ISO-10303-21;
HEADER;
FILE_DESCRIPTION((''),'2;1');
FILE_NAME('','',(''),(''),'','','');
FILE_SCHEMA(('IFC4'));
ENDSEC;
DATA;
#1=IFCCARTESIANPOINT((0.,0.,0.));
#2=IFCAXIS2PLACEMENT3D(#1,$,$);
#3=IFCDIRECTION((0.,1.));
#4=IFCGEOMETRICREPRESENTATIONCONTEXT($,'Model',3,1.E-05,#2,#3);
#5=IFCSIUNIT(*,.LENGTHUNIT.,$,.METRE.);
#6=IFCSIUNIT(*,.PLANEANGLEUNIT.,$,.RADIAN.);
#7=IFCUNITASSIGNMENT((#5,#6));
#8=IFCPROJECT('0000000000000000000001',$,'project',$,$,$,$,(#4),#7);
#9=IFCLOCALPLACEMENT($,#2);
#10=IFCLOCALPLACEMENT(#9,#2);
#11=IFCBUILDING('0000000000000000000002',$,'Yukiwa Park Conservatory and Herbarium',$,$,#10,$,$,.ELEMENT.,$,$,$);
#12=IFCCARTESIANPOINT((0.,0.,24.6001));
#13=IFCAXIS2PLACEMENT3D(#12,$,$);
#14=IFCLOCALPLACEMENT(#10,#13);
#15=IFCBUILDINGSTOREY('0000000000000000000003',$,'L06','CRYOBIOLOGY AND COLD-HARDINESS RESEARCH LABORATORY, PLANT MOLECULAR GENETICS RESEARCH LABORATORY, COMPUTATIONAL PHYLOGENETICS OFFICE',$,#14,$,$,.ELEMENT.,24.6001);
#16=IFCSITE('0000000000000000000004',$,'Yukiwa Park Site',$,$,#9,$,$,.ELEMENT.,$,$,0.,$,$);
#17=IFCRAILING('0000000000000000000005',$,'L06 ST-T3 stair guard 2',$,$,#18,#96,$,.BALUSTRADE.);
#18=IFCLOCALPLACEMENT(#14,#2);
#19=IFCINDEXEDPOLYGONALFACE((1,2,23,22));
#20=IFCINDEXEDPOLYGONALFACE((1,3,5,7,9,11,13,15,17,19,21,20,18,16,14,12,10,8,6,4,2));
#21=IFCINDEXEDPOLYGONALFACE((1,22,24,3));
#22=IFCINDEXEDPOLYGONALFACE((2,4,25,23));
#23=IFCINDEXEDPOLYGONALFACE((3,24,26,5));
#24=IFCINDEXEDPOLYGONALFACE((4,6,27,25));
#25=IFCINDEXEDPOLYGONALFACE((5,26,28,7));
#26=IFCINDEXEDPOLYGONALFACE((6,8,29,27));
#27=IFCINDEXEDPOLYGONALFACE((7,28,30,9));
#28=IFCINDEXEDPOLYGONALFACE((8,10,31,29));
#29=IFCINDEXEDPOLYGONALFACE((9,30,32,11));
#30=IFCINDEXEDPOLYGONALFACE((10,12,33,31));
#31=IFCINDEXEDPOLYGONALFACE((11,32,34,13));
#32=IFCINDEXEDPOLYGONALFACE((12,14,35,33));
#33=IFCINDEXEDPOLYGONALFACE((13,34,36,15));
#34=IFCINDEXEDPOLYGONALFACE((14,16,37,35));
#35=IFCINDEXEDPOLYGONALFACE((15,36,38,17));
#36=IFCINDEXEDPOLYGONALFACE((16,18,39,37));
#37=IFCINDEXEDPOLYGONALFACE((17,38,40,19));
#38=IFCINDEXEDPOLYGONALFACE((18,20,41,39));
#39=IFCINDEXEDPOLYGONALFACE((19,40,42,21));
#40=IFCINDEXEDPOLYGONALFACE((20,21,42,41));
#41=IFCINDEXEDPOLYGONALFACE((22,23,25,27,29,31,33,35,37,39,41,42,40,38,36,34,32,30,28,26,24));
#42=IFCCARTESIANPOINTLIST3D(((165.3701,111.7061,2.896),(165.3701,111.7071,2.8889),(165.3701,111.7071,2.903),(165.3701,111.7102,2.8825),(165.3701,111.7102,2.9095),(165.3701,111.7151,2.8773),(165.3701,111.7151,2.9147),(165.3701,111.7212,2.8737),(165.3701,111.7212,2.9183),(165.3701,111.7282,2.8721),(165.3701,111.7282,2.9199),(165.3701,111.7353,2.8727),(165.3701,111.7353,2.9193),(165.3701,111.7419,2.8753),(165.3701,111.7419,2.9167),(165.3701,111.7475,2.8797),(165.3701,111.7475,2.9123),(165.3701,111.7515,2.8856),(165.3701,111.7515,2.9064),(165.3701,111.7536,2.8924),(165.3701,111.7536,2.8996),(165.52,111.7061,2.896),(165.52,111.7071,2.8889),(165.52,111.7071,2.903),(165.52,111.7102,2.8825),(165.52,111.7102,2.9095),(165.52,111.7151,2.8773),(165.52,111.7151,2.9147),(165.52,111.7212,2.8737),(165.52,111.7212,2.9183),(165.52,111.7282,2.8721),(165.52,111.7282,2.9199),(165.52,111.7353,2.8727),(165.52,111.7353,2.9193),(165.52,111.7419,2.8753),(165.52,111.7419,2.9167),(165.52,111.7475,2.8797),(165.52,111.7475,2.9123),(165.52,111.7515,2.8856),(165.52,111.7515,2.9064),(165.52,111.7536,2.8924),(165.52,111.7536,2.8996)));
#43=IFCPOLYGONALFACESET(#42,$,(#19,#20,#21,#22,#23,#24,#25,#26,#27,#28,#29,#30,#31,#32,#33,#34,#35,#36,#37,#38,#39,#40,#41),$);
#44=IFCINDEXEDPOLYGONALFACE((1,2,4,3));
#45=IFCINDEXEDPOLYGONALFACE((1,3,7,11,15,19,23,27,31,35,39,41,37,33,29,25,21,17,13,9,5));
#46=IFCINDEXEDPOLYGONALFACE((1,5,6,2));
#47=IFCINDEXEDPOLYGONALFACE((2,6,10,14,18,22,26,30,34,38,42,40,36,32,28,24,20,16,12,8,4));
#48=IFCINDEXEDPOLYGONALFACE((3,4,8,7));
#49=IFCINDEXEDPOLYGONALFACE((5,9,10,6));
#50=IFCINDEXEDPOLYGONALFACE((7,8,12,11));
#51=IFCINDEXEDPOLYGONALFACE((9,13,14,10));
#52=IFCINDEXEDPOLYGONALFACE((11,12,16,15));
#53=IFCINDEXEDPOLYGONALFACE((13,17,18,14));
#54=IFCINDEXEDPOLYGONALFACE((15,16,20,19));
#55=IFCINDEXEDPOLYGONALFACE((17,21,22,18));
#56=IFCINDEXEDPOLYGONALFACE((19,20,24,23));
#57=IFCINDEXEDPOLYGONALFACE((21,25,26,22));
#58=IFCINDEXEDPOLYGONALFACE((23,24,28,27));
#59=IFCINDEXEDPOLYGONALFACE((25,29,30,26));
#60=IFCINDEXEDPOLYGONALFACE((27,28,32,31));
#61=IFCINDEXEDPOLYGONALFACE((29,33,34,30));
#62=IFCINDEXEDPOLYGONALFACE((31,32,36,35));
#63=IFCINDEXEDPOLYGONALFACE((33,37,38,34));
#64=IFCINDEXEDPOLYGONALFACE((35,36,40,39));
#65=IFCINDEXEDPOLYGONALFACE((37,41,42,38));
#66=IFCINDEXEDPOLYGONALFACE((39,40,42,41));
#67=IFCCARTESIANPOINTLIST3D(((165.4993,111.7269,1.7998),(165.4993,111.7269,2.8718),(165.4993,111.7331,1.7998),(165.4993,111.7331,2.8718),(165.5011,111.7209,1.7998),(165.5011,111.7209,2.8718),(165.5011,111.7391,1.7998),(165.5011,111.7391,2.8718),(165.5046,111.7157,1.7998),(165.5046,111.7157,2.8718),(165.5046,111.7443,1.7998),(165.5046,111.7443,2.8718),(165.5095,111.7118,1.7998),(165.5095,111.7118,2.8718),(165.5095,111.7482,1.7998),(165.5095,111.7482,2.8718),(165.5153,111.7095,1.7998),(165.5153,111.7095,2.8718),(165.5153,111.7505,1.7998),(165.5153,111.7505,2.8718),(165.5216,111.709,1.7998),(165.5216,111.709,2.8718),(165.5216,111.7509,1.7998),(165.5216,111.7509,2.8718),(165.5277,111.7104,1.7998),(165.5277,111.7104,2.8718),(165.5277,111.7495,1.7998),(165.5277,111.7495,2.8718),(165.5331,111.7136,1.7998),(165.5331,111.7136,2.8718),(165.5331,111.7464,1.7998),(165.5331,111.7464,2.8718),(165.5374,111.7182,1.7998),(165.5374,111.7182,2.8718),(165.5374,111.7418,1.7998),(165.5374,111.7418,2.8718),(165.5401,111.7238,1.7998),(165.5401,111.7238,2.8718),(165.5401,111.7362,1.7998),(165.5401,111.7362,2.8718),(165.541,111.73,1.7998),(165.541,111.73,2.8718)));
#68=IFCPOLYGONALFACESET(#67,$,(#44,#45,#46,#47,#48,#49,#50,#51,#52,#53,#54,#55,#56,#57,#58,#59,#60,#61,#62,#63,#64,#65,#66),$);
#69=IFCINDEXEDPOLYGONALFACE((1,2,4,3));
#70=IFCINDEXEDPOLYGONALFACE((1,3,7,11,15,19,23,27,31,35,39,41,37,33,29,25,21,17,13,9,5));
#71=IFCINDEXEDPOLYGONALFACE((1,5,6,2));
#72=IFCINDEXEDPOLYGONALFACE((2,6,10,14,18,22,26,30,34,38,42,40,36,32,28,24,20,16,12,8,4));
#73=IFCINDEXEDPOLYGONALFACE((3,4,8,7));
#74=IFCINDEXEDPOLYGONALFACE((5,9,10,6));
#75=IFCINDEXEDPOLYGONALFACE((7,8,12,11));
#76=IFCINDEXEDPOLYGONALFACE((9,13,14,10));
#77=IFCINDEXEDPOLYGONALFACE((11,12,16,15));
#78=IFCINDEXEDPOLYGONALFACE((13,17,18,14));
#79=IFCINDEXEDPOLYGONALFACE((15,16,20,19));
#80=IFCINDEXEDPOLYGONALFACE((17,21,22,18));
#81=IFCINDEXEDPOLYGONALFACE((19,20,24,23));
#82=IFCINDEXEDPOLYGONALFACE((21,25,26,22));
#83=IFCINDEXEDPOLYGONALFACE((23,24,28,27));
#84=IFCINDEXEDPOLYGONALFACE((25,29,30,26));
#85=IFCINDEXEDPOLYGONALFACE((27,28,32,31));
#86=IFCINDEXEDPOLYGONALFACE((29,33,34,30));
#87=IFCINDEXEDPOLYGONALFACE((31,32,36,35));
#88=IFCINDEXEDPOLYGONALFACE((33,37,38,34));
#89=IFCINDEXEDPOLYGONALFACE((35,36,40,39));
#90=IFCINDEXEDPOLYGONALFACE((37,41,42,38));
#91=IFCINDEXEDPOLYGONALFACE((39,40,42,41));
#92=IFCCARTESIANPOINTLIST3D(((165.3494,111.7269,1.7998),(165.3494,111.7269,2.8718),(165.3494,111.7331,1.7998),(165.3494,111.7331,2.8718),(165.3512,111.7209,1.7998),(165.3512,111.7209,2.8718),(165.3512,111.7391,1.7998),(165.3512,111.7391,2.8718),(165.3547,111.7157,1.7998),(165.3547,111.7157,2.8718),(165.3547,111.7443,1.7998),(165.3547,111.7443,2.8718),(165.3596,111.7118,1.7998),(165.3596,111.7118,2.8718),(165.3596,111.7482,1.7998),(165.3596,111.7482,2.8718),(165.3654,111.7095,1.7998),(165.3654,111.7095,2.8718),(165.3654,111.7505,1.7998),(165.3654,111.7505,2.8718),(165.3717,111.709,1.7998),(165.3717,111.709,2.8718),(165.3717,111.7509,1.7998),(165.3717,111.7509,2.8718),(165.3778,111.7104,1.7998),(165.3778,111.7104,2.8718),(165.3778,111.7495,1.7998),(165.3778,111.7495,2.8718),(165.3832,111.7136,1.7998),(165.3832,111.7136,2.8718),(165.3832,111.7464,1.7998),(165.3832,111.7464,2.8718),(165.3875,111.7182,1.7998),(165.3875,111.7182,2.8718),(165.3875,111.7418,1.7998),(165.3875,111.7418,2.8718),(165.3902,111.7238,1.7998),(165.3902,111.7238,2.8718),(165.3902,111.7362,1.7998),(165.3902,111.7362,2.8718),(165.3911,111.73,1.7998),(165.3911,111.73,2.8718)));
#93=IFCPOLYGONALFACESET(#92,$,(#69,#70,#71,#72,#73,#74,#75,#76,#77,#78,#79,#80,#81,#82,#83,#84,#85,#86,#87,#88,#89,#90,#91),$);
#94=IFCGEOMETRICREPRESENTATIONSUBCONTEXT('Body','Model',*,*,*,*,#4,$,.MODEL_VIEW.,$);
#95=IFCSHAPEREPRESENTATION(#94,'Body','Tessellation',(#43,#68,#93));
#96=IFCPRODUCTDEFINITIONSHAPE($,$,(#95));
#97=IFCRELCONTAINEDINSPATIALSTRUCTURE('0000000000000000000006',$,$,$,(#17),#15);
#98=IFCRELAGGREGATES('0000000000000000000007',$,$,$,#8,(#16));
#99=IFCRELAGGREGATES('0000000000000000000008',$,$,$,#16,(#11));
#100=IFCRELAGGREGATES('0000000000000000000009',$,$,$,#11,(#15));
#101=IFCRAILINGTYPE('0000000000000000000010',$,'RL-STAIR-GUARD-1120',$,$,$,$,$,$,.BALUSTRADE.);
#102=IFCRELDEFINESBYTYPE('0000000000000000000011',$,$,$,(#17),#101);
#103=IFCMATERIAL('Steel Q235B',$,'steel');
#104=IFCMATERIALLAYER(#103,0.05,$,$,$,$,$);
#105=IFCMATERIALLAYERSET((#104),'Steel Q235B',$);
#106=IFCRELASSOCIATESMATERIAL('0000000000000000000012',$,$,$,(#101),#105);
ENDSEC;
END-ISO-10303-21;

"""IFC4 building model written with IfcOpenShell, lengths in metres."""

from ifc_helpers import new_model, si_unit, direction, frame, origin, origin_2d, place, context, subcontext, project, spatial, circle, extrude, material, layer, layer_set, type_object, element, save


model = new_model("IFC4")

# Units and contexts
model_context = context("Model", 3, precision=1e-05, world=origin(), true_north=direction((0.0, 1.0)))
body_context = subcontext(model_context, "Body", "Model", "MODEL_VIEW")
ifc_project = project(units=[si_unit("LENGTHUNIT", "METRE"), si_unit("PLANEANGLEUNIT", "RADIAN")], contexts=[model_context])

# Site, building, storey
site_placement = place(None, origin())
site = spatial("IfcSite", under=ifc_project, at=site_placement, Name="Yukiwa Park Site", CompositionType="ELEMENT", RefElevation=0.0)
building_placement = place(site_placement, origin())
building = spatial("IfcBuilding", under=site, at=building_placement, Name="Yukiwa Park Conservatory and Herbarium", CompositionType="ELEMENT")
storey_placement = place(building_placement, frame((0.0, 0.0, 24.6001)))
storey = spatial("IfcBuildingStorey", under=building, at=storey_placement, Name="L06", Description="CRYOBIOLOGY AND COLD-HARDINESS RESEARCH LABORATORY, PLANT MOLECULAR GENETICS RESEARCH LABORATORY, COMPUTATIONAL PHYLOGENETICS OFFICE", CompositionType="ELEMENT", Elevation=24.6001)

# Railing
ifc_material_1 = material(Name="Steel Q235B", Category="steel")
ifc_layer_1 = layer(ifc_material_1, 0.05)
ifc_layer_set_1 = layer_set([ifc_layer_1], Name="Steel Q235B")
railing_type_1 = type_object("IfcRailingType", Name="RL-STAIR-GUARD-1120", PredefinedType="BALUSTRADE", material=ifc_layer_set_1)
railing_1_placement = place(storey_placement, frame((165.52, 111.73, 1.7998)))
element("IfcRailing", 1, at=railing_1_placement, inside=storey, type_object=railing_type_1, Name="L06 ST-T3 stair guard 2", PredefinedType="BALUSTRADE", context=body_context, shape_type="SweptSolid", body=[
    extrude(circle(Radius=0.0239, at=origin_2d()), frame((0.0, 0.0, 1.0962), z_axis=(-1.0, 0.0, 0.0), x_axis=(0.0, -1.0, 0.0)), (0.0, 0.0, 1.0), 0.1499),
    extrude(circle(Radius=0.021, at=origin_2d()), origin(), (0.0, 0.0, 1.0), 1.072),
    extrude(circle(Radius=0.021, at=origin_2d()), frame((-0.1499, 0.0, 0.0)), (0.0, 0.0, 1.0), 1.072),
])

save(model, "model.ifc")
